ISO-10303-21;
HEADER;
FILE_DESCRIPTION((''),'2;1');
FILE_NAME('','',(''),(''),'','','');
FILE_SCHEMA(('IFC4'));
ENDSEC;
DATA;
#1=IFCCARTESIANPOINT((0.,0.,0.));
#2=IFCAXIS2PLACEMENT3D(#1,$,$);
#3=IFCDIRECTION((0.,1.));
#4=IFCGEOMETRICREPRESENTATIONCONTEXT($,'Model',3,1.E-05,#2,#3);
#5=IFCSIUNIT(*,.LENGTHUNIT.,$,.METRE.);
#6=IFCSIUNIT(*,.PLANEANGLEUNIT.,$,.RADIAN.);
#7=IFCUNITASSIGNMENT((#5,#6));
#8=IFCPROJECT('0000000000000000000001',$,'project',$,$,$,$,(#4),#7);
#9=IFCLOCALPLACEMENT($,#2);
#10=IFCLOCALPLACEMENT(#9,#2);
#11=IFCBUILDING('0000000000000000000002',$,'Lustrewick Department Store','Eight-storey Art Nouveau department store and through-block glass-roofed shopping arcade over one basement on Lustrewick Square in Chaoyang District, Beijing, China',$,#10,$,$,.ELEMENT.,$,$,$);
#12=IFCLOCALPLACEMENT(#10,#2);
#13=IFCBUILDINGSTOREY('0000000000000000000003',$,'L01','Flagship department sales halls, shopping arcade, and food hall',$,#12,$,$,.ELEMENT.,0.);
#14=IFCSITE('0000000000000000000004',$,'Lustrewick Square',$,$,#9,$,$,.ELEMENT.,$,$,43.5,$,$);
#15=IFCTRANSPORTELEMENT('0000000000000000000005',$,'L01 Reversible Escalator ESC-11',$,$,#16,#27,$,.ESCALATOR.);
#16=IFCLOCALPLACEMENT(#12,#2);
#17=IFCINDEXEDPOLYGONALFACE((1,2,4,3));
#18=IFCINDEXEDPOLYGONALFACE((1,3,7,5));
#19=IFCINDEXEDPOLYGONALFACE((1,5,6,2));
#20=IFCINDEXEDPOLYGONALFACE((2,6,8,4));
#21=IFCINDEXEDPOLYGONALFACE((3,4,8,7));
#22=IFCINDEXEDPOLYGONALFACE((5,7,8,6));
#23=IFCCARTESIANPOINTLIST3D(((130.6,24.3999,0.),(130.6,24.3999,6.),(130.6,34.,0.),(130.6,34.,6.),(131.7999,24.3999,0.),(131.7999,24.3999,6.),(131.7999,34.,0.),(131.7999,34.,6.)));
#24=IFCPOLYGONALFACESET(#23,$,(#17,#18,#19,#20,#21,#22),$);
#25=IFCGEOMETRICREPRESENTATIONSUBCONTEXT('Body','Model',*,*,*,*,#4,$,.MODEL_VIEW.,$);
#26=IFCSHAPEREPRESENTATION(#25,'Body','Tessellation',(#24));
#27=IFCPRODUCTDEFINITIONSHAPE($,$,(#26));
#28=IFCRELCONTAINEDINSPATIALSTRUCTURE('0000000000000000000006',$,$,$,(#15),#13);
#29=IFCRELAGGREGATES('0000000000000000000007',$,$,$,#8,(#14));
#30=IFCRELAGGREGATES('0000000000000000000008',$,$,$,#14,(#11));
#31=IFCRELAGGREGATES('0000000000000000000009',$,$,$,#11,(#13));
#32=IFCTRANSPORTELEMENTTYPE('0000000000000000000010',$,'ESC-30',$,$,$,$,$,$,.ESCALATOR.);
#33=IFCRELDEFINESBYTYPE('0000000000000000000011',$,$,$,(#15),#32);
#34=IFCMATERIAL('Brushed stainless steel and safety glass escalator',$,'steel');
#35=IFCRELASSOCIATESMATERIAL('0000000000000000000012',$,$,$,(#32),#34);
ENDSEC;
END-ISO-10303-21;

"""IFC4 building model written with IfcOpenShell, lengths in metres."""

from ifc_helpers import new_model, si_unit, direction, frame, origin, origin_2d, place, context, subcontext, project, spatial, rectangle, extrude, material, type_object, element, save


model = new_model("IFC4")

# Units and contexts
model_context = context("Model", 3, precision=1e-05, world=origin(), true_north=direction((0.0, 1.0)))
body_context = subcontext(model_context, "Body", "Model", "MODEL_VIEW")
ifc_project = project(units=[si_unit("LENGTHUNIT", "METRE"), si_unit("PLANEANGLEUNIT", "RADIAN")], contexts=[model_context])

# Site, building, storey
site_placement = place(None, origin())
site = spatial("IfcSite", under=ifc_project, at=site_placement, Name="Lustrewick Square", CompositionType="ELEMENT", RefElevation=43.5)
building_placement = place(site_placement, origin())
building = spatial("IfcBuilding", under=site, at=building_placement, Name="Lustrewick Department Store", Description="Eight-storey Art Nouveau department store and through-block glass-roofed shopping arcade over one basement on Lustrewick Square in Chaoyang District, Beijing, China", CompositionType="ELEMENT")
storey_placement = place(building_placement, origin())
storey = spatial("IfcBuildingStorey", under=building, at=storey_placement, Name="L01", Description="Flagship department sales halls, shopping arcade, and food hall", CompositionType="ELEMENT", Elevation=0.0)

# Transport element
ifc_material_1 = material(Name="Brushed stainless steel and safety glass escalator", Category="steel")
transport_element_type = type_object("IfcTransportElementType", Name="ESC-30", PredefinedType="ESCALATOR", material=ifc_material_1)
transport_element_placement = place(storey_placement, frame((131.2, 29.2, 0.0), z_axis=(0.0, 0.0, 1.0), x_axis=(1.0, 0.0, 0.0)))
element("IfcTransportElement", 1, at=transport_element_placement, inside=storey, type_object=transport_element_type, Name="L01 Reversible Escalator ESC-11", PredefinedType="ESCALATOR", context=body_context, shape_type="SweptSolid", body=[
    extrude(rectangle(XDim=1.2, YDim=9.6001, at=origin_2d()), origin(), (0.0, 0.0, 1.0), 6.0),
])

save(model, "model.ifc")
